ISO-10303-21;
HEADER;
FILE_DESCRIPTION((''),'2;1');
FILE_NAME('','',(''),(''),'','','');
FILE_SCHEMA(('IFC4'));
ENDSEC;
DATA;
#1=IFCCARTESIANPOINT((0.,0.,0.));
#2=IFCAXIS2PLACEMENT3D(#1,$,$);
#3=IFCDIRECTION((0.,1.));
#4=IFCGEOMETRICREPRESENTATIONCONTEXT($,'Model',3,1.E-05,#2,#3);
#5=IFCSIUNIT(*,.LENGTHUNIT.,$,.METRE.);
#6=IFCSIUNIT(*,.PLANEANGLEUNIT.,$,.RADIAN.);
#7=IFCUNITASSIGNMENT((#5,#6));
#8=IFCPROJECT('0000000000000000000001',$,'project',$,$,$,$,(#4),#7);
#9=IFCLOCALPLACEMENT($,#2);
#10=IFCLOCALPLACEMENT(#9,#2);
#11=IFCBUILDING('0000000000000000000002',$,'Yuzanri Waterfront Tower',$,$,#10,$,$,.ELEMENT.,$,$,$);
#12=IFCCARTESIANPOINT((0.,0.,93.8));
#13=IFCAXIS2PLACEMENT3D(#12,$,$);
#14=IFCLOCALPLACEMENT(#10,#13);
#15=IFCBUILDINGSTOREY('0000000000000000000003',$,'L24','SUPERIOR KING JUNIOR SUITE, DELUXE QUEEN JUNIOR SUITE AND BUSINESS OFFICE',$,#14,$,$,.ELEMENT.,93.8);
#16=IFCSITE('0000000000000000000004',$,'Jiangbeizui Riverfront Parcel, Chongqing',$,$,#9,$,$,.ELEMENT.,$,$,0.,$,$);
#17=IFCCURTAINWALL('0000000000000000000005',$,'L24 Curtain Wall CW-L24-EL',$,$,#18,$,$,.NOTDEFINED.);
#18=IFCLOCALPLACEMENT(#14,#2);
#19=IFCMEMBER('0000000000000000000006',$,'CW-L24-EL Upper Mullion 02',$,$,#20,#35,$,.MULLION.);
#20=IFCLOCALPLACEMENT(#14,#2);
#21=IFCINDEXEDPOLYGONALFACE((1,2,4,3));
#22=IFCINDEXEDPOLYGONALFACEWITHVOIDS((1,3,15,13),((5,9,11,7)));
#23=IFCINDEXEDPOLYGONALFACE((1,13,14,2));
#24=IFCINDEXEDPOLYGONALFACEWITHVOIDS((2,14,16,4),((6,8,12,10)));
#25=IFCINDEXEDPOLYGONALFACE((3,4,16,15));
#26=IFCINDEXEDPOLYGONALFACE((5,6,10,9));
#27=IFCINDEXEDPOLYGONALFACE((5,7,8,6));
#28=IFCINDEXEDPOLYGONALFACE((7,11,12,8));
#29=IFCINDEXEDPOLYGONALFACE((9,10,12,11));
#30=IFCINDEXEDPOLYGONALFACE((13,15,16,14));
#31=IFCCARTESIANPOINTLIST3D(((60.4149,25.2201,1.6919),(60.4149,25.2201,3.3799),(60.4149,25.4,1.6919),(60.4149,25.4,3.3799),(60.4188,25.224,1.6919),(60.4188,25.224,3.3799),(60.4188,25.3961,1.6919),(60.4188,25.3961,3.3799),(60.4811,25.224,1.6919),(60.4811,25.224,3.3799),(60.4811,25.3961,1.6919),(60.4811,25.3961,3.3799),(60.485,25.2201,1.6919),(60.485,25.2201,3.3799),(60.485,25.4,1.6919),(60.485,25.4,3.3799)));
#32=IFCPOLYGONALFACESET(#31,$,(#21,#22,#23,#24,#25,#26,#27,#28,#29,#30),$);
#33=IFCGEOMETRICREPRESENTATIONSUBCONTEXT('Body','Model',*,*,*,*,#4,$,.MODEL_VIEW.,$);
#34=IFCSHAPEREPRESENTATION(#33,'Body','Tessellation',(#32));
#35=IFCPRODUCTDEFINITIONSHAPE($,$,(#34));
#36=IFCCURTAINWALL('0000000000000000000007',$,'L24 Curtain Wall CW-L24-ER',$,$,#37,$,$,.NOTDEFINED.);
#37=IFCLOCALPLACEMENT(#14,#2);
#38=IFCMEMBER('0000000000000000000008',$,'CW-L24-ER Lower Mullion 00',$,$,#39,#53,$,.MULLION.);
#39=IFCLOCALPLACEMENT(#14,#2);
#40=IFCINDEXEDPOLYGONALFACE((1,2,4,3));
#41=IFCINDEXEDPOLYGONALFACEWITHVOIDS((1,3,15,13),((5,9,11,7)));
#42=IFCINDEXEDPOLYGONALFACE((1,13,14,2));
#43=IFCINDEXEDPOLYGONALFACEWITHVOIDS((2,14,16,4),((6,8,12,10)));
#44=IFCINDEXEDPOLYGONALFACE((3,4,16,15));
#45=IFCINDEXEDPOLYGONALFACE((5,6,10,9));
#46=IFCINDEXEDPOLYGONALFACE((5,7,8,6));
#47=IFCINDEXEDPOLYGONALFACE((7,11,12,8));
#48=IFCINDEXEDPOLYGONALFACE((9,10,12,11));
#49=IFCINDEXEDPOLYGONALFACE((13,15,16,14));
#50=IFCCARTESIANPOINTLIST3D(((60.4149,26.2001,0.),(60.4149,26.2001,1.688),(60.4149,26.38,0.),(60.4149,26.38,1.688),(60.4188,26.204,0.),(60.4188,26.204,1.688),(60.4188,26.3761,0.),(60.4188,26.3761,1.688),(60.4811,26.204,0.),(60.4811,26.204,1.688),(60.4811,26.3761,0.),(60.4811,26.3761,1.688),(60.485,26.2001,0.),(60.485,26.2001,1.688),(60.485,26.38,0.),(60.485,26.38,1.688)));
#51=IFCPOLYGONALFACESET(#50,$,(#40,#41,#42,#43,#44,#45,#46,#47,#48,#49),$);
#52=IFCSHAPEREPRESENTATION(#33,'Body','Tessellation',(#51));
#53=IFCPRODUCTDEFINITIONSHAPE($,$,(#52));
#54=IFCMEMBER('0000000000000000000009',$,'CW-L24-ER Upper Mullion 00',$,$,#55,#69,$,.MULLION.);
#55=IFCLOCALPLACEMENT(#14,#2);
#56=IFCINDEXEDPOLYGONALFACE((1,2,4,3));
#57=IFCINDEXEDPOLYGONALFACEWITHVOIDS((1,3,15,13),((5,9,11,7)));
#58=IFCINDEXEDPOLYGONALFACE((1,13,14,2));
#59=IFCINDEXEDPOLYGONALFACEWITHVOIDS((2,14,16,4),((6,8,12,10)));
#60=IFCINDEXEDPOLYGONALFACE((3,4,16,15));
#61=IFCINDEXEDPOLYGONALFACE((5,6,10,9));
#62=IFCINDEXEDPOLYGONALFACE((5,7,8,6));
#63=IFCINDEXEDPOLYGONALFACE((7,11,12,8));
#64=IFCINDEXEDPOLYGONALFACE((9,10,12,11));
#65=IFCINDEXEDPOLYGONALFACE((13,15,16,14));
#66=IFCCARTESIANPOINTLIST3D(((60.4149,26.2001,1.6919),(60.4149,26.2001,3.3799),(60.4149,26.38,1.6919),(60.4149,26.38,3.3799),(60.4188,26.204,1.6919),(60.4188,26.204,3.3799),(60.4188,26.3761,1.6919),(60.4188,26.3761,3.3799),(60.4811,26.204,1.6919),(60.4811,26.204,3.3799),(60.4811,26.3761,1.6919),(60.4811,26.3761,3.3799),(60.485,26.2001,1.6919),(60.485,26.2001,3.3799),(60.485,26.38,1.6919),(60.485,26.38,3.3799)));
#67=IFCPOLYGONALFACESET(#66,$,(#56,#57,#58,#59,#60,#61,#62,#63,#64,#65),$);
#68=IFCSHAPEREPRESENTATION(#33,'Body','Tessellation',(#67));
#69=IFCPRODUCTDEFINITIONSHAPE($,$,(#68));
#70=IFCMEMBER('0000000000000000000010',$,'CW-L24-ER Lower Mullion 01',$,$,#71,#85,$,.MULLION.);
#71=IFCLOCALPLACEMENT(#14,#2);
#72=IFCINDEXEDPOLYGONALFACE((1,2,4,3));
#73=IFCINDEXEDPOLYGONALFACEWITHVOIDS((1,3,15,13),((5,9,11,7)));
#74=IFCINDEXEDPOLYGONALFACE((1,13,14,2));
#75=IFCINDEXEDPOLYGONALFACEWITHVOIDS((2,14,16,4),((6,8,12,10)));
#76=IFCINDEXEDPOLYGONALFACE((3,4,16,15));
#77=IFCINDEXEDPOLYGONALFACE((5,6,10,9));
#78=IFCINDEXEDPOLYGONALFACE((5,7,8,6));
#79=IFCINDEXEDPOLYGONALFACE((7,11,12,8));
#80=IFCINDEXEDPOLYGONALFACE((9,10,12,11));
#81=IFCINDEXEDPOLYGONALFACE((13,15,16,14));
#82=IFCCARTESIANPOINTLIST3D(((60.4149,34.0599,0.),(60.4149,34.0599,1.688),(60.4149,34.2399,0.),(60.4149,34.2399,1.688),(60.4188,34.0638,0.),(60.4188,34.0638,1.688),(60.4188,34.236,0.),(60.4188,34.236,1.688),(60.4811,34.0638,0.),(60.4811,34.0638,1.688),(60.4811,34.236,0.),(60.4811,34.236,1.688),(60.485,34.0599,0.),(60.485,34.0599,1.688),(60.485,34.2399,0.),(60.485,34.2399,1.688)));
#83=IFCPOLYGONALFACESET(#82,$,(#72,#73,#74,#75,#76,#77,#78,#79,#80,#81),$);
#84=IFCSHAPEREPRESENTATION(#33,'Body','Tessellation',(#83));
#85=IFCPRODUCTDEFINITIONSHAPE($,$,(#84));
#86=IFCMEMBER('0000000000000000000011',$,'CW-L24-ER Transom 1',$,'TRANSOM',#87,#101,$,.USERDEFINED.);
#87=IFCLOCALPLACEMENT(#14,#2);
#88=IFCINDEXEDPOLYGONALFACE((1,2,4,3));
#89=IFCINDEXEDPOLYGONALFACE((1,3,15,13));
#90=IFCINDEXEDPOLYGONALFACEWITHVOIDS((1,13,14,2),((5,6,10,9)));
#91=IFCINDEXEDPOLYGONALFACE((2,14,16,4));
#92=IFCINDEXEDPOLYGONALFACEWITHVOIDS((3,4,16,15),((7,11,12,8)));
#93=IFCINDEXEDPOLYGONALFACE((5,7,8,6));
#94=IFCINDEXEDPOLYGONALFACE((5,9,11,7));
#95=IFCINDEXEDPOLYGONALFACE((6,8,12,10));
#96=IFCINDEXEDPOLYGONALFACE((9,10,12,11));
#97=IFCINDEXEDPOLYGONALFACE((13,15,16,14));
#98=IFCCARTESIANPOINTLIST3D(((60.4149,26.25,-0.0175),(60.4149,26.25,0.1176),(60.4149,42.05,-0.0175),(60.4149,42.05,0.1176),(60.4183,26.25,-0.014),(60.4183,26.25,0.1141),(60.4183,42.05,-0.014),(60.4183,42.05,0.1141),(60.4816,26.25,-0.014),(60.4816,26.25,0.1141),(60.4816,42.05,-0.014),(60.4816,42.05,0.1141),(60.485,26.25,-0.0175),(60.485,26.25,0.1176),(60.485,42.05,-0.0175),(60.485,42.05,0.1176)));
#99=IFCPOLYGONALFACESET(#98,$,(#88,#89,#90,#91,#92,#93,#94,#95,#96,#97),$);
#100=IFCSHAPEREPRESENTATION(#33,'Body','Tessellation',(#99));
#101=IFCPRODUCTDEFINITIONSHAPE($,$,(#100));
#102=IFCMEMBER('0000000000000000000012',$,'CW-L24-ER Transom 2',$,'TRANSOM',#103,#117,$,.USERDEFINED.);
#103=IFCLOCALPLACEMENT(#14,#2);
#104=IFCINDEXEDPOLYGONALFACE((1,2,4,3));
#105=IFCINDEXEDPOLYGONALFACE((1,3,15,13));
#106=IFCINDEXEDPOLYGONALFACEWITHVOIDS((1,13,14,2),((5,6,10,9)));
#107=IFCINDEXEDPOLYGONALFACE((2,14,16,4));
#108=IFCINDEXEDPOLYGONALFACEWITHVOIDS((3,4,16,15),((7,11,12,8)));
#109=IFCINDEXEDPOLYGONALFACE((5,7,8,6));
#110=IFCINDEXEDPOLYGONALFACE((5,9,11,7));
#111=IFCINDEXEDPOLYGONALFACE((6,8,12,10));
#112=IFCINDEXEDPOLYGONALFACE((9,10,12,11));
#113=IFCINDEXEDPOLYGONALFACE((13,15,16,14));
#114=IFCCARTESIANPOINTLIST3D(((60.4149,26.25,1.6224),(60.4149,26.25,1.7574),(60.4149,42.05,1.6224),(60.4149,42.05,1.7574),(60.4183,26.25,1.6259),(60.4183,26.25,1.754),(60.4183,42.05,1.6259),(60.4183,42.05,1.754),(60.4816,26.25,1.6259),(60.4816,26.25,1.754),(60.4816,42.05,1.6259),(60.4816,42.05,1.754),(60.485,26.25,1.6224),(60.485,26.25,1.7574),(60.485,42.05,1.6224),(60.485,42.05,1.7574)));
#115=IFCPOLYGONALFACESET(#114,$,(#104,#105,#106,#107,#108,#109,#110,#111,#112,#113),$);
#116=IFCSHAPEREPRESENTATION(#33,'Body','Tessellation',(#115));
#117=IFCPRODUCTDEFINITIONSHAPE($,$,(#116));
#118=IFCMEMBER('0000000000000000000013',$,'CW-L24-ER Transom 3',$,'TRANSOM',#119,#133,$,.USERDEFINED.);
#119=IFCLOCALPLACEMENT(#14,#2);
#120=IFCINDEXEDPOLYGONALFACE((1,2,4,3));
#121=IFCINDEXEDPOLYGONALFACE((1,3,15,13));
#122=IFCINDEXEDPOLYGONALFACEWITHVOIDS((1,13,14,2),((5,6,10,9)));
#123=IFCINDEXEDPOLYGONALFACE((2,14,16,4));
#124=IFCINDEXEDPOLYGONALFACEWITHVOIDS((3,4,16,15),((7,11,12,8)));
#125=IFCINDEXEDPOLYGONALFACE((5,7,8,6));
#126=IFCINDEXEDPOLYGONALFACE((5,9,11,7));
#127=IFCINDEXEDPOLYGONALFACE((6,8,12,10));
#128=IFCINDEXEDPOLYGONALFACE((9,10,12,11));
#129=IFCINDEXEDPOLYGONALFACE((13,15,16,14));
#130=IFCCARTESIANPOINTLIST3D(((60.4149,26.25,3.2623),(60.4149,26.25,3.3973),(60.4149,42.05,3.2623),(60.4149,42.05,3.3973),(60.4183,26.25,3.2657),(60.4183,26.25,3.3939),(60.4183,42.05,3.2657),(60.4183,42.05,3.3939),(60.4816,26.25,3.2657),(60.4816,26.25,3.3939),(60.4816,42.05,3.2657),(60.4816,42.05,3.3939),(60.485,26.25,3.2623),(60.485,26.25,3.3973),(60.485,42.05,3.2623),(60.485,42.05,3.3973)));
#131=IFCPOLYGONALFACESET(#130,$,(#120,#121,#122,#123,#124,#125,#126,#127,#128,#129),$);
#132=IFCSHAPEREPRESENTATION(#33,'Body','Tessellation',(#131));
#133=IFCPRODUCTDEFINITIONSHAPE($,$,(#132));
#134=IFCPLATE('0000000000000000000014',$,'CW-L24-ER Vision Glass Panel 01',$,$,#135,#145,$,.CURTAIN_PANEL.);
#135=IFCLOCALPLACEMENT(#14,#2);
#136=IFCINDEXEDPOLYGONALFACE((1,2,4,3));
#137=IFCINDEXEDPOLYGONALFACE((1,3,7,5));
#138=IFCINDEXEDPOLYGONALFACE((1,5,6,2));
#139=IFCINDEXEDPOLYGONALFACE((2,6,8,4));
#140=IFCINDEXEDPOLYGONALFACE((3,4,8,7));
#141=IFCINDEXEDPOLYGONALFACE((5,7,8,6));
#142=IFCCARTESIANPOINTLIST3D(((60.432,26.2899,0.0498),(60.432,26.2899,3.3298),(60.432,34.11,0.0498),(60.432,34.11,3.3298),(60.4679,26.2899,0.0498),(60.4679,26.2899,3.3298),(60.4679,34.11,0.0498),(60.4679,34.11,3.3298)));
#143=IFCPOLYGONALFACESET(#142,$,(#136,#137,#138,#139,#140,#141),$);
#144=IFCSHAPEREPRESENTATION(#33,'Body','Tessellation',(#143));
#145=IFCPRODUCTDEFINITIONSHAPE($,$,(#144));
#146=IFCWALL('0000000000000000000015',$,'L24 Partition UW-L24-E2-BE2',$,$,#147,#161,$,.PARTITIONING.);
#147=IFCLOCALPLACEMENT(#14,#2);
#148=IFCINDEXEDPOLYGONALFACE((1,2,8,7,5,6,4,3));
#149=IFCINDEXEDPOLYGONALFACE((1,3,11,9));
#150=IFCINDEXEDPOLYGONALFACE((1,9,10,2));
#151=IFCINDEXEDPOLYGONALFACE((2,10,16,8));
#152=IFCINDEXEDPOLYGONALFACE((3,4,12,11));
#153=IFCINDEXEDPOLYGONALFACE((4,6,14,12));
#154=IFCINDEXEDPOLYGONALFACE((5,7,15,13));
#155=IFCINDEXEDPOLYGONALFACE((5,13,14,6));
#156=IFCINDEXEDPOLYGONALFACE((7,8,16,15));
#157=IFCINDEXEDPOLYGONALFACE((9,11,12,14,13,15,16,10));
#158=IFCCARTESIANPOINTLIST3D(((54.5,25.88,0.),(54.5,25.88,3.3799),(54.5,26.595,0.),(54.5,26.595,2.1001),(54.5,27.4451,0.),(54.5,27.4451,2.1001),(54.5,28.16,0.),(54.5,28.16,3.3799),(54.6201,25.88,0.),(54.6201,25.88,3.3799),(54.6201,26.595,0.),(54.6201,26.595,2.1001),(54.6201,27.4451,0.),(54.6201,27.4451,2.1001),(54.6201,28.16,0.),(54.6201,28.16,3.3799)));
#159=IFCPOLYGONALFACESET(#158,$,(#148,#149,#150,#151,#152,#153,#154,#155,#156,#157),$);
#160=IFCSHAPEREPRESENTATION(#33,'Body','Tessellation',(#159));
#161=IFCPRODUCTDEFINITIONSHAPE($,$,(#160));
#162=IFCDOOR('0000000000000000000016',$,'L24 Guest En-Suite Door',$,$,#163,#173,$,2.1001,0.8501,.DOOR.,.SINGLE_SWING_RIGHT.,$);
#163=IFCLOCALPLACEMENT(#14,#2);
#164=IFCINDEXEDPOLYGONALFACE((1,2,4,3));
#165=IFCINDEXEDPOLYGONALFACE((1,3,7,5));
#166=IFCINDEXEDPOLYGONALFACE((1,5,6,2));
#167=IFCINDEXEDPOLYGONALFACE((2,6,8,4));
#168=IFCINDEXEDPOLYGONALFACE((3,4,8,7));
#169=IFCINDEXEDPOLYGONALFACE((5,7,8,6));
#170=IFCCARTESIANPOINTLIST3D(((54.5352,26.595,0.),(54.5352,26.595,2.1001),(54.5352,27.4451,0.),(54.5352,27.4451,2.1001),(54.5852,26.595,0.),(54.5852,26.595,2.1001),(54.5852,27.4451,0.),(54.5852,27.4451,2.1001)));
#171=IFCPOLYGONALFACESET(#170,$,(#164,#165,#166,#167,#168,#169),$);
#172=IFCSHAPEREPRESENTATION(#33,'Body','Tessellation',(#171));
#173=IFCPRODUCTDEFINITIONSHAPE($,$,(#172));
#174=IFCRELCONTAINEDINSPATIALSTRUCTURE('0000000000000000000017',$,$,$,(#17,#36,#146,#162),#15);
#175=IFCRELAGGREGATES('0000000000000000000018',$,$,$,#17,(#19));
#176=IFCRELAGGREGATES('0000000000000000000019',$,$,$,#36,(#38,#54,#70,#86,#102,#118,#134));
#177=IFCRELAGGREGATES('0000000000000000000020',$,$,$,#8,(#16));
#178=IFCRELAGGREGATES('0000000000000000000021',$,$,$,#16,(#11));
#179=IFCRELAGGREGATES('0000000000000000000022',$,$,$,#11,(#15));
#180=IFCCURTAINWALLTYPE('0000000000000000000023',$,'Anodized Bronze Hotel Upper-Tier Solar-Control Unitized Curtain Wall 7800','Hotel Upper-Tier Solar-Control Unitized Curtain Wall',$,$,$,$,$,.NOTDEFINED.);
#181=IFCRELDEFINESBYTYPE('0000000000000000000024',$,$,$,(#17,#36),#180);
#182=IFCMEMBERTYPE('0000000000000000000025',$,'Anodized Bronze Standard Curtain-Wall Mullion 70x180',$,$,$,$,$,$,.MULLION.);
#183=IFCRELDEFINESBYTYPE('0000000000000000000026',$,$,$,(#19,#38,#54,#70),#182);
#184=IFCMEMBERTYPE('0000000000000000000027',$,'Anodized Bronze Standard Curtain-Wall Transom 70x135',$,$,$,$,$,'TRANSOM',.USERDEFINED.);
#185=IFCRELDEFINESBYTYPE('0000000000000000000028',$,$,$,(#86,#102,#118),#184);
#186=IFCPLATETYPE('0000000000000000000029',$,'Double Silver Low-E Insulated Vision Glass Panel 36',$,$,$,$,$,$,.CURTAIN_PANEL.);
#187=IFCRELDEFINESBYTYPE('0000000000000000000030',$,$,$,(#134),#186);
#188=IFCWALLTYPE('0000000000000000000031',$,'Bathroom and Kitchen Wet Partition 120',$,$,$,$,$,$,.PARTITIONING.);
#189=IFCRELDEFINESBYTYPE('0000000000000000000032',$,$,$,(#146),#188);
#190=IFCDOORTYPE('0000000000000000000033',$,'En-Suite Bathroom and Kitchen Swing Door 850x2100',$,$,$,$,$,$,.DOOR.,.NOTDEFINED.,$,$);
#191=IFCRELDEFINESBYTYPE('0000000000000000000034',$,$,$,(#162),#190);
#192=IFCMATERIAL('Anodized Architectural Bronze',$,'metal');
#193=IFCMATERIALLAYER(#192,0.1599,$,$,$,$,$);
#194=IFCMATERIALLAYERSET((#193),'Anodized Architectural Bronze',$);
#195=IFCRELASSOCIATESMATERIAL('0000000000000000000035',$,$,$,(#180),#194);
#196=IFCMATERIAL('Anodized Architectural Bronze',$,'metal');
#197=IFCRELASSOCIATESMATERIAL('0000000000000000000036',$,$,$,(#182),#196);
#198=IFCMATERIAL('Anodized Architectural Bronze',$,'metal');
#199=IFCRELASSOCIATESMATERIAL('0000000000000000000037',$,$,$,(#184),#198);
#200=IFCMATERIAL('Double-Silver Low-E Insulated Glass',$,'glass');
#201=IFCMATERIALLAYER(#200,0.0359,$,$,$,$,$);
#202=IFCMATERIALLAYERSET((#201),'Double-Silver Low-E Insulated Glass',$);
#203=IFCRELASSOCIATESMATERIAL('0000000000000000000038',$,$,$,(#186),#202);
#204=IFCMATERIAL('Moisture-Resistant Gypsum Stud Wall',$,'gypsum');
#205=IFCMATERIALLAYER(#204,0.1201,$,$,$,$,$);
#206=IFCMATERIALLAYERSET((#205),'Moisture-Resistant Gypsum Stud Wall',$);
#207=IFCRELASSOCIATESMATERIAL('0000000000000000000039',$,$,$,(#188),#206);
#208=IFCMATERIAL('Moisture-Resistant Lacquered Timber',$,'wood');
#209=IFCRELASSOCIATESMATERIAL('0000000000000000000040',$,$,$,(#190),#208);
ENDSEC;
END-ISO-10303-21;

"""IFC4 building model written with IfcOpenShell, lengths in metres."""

from ifc_helpers import new_model, si_unit, direction, frame, frame_2d, origin, origin_2d, place, context, subcontext, project, spatial, rectangle, hollow_rectangle, extrude, source, transform, mapped, material, layer, layer_set, material_profile, profile_set, type_object, element, fill, aggregate, save


model = new_model("IFC4")

# Units and contexts
model_context = context("Model", 3, precision=1e-05, world=origin(), true_north=direction((0.0, 1.0)))
body_context = subcontext(model_context, "Body", "Model", "MODEL_VIEW")
ifc_project = project(units=[si_unit("LENGTHUNIT", "METRE"), si_unit("PLANEANGLEUNIT", "RADIAN")], contexts=[model_context])

# Site, building, storey
site_placement = place(None, origin())
site = spatial("IfcSite", under=ifc_project, at=site_placement, Name="Jiangbeizui Riverfront Parcel, Chongqing", CompositionType="ELEMENT", RefElevation=0.0)
building_placement = place(site_placement, origin())
building = spatial("IfcBuilding", under=site, at=building_placement, Name="Yuzanri Waterfront Tower", CompositionType="ELEMENT")
storey_placement = place(building_placement, frame((0.0, 0.0, 93.8)))
storey = spatial("IfcBuildingStorey", under=building, at=storey_placement, Name="L24", Description="SUPERIOR KING JUNIOR SUITE, DELUXE QUEEN JUNIOR SUITE AND BUSINESS OFFICE", CompositionType="ELEMENT", Elevation=93.8)

# Curtain wall, member
ifc_material_1 = material(Name="Anodized Architectural Bronze", Category="metal")
ifc_layer_1 = layer(ifc_material_1, 0.1599)
ifc_layer_set_1 = layer_set([ifc_layer_1], Name="Anodized Architectural Bronze")
curtain_wall_type = type_object("IfcCurtainWallType", Name="Anodized Bronze Hotel Upper-Tier Solar-Control Unitized Curtain Wall 7800", Description="Hotel Upper-Tier Solar-Control Unitized Curtain Wall", PredefinedType="NOTDEFINED", material=ifc_layer_set_1)
curtain_wall_1_placement = place(storey_placement, origin())
curtain_wall_1 = element("IfcCurtainWall", 1, at=curtain_wall_1_placement, inside=storey, type_object=curtain_wall_type, Name="L24 Curtain Wall CW-L24-EL", PredefinedType="NOTDEFINED")
ifc_material_2 = material(Name="Anodized Architectural Bronze", Category="metal")
ifc_material_profile_1 = material_profile(ifc_material_2, hollow_rectangle(XDim=0.0701, YDim=0.1799, WallThickness=0.0039, at=origin_2d()), Name="CWM 70x180")
ifc_profile_set_1 = profile_set([ifc_material_profile_1], Name="Anodized Architectural Bronze")
member_type_1 = type_object("IfcMemberType", Name="Anodized Bronze Standard Curtain-Wall Mullion 70x180", PredefinedType="MULLION", material=ifc_profile_set_1)
shared_shape_1 = source(origin(), body_context, "Body", "SweptSolid", [
    extrude(hollow_rectangle(XDim=0.0701, YDim=0.1799, WallThickness=0.0039, at=origin_2d()), origin(), (0.0, 0.0, 1.0), 1.688),
])
member_1_placement = place(storey_placement, frame((60.45, 25.3101, 1.6919), z_axis=(0.0, 0.0, 1.0), x_axis=(1.0, 0.0, 0.0)))
member_1 = element("IfcMember", 2, at=member_1_placement, type_object=member_type_1, Name="CW-L24-EL Upper Mullion 02", PredefinedType="MULLION", context=body_context, shape_type="MappedRepresentation", body=[
    mapped(shared_shape_1, transform((0.0, 0.0, 0.0), scale=1.0)),
])
aggregate(curtain_wall_1, [member_1])

# Curtain wall, members, plate
curtain_wall_2_placement = place(storey_placement, origin())
curtain_wall_2 = element("IfcCurtainWall", 3, at=curtain_wall_2_placement, inside=storey, type_object=curtain_wall_type, Name="L24 Curtain Wall CW-L24-ER", PredefinedType="NOTDEFINED")
member_2_placement = place(storey_placement, frame((60.45, 26.29, 0.0), z_axis=(0.0, 0.0, 1.0), x_axis=(1.0, 0.0, 0.0)))
member_2 = element("IfcMember", 4, at=member_2_placement, type_object=member_type_1, Name="CW-L24-ER Lower Mullion 00", PredefinedType="MULLION", context=body_context, shape_type="MappedRepresentation", body=[
    mapped(shared_shape_1, transform((0.0, 0.0, 0.0), scale=1.0)),
])
member_3_placement = place(storey_placement, frame((60.45, 26.29, 1.6919), z_axis=(0.0, 0.0, 1.0), x_axis=(1.0, 0.0, 0.0)))
member_3 = element("IfcMember", 5, at=member_3_placement, type_object=member_type_1, Name="CW-L24-ER Upper Mullion 00", PredefinedType="MULLION", context=body_context, shape_type="MappedRepresentation", body=[
    mapped(shared_shape_1, transform((0.0, 0.0, 0.0), scale=1.0)),
])
member_4_placement = place(storey_placement, frame((60.45, 34.1499, 0.0), z_axis=(0.0, 0.0, 1.0), x_axis=(1.0, 0.0, 0.0)))
member_4 = element("IfcMember", 6, at=member_4_placement, type_object=member_type_1, Name="CW-L24-ER Lower Mullion 01", PredefinedType="MULLION", context=body_context, shape_type="MappedRepresentation", body=[
    mapped(shared_shape_1, transform((0.0, 0.0, 0.0), scale=1.0)),
])
ifc_material_3 = material(Name="Anodized Architectural Bronze", Category="metal")
ifc_material_profile_2 = material_profile(ifc_material_3, hollow_rectangle(XDim=0.0701, YDim=0.135, WallThickness=0.0034, at=origin_2d()), Name="CWT 70x135")
ifc_profile_set_2 = profile_set([ifc_material_profile_2], Name="Anodized Architectural Bronze")
member_type_2 = type_object("IfcMemberType", Name="Anodized Bronze Standard Curtain-Wall Transom 70x135", ElementType="TRANSOM", PredefinedType="USERDEFINED", material=ifc_profile_set_2)
shared_shape_2 = source(origin(), body_context, "Body", "SweptSolid", [
    extrude(hollow_rectangle(XDim=0.0701, YDim=0.135, WallThickness=0.0034, at=origin_2d()), origin(), (0.0, 0.0, 1.0), 15.8),
])
member_5_placement = place(storey_placement, frame((60.45, 26.25, 0.05), z_axis=(0.0, 1.0, 0.0), x_axis=(-1.0, 0.0, 0.0)))
member_5 = element("IfcMember", 7, at=member_5_placement, type_object=member_type_2, Name="CW-L24-ER Transom 1", ObjectType="TRANSOM", PredefinedType="USERDEFINED", context=body_context, shape_type="MappedRepresentation", body=[
    mapped(shared_shape_2, transform((0.0, 0.0, 0.0), scale=1.0)),
])
member_6_placement = place(storey_placement, frame((60.45, 26.25, 1.6899), z_axis=(0.0, 1.0, 0.0), x_axis=(-1.0, 0.0, 0.0)))
member_6 = element("IfcMember", 8, at=member_6_placement, type_object=member_type_2, Name="CW-L24-ER Transom 2", ObjectType="TRANSOM", PredefinedType="USERDEFINED", context=body_context, shape_type="MappedRepresentation", body=[
    mapped(shared_shape_2, transform((0.0, 0.0, 0.0), scale=1.0)),
])
member_7_placement = place(storey_placement, frame((60.45, 26.25, 3.3298), z_axis=(0.0, 1.0, 0.0), x_axis=(-1.0, 0.0, 0.0)))
member_7 = element("IfcMember", 9, at=member_7_placement, type_object=member_type_2, Name="CW-L24-ER Transom 3", ObjectType="TRANSOM", PredefinedType="USERDEFINED", context=body_context, shape_type="MappedRepresentation", body=[
    mapped(shared_shape_2, transform((0.0, 0.0, 0.0), scale=1.0)),
])
ifc_material_4 = material(Name="Double-Silver Low-E Insulated Glass", Category="glass")
ifc_layer_2 = layer(ifc_material_4, 0.0359)
ifc_layer_set_2 = layer_set([ifc_layer_2], Name="Double-Silver Low-E Insulated Glass")
plate_type = type_object("IfcPlateType", Name="Double Silver Low-E Insulated Vision Glass Panel 36", PredefinedType="CURTAIN_PANEL", material=ifc_layer_set_2)
shared_shape_3 = source(origin(), body_context, "Body", "SweptSolid", [
    extrude(rectangle(XDim=7.8201, YDim=0.0359, at=origin_2d()), origin(), (0.0, 0.0, 1.0), 3.28),
])
plate_placement = place(storey_placement, frame((60.45, 30.2, 0.0498), z_axis=(0.0, 0.0, 1.0), x_axis=(0.0, 1.0, 0.0)))
plate = element("IfcPlate", 10, at=plate_placement, type_object=plate_type, Name="CW-L24-ER Vision Glass Panel 01", PredefinedType="CURTAIN_PANEL", context=body_context, shape_type="MappedRepresentation", body=[
    mapped(shared_shape_3, transform((0.0, 0.0, 0.0), scale=1.0)),
])
aggregate(curtain_wall_2, [member_2, member_3, member_4, member_5, member_6, member_7, plate])

# Wall, opening, door
ifc_material_5 = material(Name="Moisture-Resistant Gypsum Stud Wall", Category="gypsum")
ifc_layer_3 = layer(ifc_material_5, 0.1201)
ifc_layer_set_3 = layer_set([ifc_layer_3], Name="Moisture-Resistant Gypsum Stud Wall")
wall_type_1 = type_object("IfcWallType", Name="Bathroom and Kitchen Wet Partition 120", PredefinedType="PARTITIONING", material=ifc_layer_set_3)
wall_1_placement = place(storey_placement, frame((54.5601, 25.8799, 0.0), z_axis=(0.0, 0.0, 1.0), x_axis=(0.0, 1.0, 0.0)))
wall_1 = element("IfcWall", 11, at=wall_1_placement, inside=storey, type_object=wall_type_1, Name="L24 Partition UW-L24-E2-BE2", PredefinedType="PARTITIONING", context=body_context, shape_type="SweptSolid", body=[
    extrude(rectangle(XDim=2.28, YDim=0.1201, at=frame_2d((1.1401, 0.0))), origin(), (0.0, 0.0, 1.0), 3.3799),
])
opening_1_placement = place(wall_1_placement, frame((0.7151, 0.0, 0.0)))
opening_1 = element("IfcOpeningElement", 12, at=opening_1_placement, cuts=wall_1, PredefinedType="OPENING", context=body_context, shape_type="SweptSolid", body=[
    extrude(rectangle(XDim=0.8501, YDim=2.1001, at=frame_2d((0.425, 1.05))), frame((0.0, 0.075, 0.0), z_axis=(0.0, -1.0, 0.0), x_axis=(1.0, 0.0, 0.0)), (0.0, 0.0, 1.0), 0.1499),
])
ifc_material_6 = material(Name="Moisture-Resistant Lacquered Timber", Category="wood")
door_type_1 = type_object("IfcDoorType", Name="En-Suite Bathroom and Kitchen Swing Door 850x2100", OperationType="NOTDEFINED", PredefinedType="DOOR", material=ifc_material_6)
shared_shape_4 = source(origin(), body_context, "Body", "SweptSolid", [
    extrude(rectangle(XDim=0.8501, YDim=2.1001, at=frame_2d((0.425, 1.05))), frame((0.0, 0.0249, 0.0), z_axis=(0.0, -1.0, 0.0), x_axis=(1.0, 0.0, 0.0)), (0.0, 0.0, 1.0), 0.05),
])
door_1_placement = place(opening_1_placement, origin())
door_1 = element("IfcDoor", 13, at=door_1_placement, inside=storey, type_object=door_type_1, Name="L24 Guest En-Suite Door", OperationType="SINGLE_SWING_RIGHT", OverallHeight=2.1001, OverallWidth=0.8501, PredefinedType="DOOR", context=body_context, shape_type="MappedRepresentation", body=[
    mapped(shared_shape_4, transform((0.0, 0.0, 0.0), scale=1.0)),
])
fill(opening_1, door_1)

save(model, "model.ifc")
